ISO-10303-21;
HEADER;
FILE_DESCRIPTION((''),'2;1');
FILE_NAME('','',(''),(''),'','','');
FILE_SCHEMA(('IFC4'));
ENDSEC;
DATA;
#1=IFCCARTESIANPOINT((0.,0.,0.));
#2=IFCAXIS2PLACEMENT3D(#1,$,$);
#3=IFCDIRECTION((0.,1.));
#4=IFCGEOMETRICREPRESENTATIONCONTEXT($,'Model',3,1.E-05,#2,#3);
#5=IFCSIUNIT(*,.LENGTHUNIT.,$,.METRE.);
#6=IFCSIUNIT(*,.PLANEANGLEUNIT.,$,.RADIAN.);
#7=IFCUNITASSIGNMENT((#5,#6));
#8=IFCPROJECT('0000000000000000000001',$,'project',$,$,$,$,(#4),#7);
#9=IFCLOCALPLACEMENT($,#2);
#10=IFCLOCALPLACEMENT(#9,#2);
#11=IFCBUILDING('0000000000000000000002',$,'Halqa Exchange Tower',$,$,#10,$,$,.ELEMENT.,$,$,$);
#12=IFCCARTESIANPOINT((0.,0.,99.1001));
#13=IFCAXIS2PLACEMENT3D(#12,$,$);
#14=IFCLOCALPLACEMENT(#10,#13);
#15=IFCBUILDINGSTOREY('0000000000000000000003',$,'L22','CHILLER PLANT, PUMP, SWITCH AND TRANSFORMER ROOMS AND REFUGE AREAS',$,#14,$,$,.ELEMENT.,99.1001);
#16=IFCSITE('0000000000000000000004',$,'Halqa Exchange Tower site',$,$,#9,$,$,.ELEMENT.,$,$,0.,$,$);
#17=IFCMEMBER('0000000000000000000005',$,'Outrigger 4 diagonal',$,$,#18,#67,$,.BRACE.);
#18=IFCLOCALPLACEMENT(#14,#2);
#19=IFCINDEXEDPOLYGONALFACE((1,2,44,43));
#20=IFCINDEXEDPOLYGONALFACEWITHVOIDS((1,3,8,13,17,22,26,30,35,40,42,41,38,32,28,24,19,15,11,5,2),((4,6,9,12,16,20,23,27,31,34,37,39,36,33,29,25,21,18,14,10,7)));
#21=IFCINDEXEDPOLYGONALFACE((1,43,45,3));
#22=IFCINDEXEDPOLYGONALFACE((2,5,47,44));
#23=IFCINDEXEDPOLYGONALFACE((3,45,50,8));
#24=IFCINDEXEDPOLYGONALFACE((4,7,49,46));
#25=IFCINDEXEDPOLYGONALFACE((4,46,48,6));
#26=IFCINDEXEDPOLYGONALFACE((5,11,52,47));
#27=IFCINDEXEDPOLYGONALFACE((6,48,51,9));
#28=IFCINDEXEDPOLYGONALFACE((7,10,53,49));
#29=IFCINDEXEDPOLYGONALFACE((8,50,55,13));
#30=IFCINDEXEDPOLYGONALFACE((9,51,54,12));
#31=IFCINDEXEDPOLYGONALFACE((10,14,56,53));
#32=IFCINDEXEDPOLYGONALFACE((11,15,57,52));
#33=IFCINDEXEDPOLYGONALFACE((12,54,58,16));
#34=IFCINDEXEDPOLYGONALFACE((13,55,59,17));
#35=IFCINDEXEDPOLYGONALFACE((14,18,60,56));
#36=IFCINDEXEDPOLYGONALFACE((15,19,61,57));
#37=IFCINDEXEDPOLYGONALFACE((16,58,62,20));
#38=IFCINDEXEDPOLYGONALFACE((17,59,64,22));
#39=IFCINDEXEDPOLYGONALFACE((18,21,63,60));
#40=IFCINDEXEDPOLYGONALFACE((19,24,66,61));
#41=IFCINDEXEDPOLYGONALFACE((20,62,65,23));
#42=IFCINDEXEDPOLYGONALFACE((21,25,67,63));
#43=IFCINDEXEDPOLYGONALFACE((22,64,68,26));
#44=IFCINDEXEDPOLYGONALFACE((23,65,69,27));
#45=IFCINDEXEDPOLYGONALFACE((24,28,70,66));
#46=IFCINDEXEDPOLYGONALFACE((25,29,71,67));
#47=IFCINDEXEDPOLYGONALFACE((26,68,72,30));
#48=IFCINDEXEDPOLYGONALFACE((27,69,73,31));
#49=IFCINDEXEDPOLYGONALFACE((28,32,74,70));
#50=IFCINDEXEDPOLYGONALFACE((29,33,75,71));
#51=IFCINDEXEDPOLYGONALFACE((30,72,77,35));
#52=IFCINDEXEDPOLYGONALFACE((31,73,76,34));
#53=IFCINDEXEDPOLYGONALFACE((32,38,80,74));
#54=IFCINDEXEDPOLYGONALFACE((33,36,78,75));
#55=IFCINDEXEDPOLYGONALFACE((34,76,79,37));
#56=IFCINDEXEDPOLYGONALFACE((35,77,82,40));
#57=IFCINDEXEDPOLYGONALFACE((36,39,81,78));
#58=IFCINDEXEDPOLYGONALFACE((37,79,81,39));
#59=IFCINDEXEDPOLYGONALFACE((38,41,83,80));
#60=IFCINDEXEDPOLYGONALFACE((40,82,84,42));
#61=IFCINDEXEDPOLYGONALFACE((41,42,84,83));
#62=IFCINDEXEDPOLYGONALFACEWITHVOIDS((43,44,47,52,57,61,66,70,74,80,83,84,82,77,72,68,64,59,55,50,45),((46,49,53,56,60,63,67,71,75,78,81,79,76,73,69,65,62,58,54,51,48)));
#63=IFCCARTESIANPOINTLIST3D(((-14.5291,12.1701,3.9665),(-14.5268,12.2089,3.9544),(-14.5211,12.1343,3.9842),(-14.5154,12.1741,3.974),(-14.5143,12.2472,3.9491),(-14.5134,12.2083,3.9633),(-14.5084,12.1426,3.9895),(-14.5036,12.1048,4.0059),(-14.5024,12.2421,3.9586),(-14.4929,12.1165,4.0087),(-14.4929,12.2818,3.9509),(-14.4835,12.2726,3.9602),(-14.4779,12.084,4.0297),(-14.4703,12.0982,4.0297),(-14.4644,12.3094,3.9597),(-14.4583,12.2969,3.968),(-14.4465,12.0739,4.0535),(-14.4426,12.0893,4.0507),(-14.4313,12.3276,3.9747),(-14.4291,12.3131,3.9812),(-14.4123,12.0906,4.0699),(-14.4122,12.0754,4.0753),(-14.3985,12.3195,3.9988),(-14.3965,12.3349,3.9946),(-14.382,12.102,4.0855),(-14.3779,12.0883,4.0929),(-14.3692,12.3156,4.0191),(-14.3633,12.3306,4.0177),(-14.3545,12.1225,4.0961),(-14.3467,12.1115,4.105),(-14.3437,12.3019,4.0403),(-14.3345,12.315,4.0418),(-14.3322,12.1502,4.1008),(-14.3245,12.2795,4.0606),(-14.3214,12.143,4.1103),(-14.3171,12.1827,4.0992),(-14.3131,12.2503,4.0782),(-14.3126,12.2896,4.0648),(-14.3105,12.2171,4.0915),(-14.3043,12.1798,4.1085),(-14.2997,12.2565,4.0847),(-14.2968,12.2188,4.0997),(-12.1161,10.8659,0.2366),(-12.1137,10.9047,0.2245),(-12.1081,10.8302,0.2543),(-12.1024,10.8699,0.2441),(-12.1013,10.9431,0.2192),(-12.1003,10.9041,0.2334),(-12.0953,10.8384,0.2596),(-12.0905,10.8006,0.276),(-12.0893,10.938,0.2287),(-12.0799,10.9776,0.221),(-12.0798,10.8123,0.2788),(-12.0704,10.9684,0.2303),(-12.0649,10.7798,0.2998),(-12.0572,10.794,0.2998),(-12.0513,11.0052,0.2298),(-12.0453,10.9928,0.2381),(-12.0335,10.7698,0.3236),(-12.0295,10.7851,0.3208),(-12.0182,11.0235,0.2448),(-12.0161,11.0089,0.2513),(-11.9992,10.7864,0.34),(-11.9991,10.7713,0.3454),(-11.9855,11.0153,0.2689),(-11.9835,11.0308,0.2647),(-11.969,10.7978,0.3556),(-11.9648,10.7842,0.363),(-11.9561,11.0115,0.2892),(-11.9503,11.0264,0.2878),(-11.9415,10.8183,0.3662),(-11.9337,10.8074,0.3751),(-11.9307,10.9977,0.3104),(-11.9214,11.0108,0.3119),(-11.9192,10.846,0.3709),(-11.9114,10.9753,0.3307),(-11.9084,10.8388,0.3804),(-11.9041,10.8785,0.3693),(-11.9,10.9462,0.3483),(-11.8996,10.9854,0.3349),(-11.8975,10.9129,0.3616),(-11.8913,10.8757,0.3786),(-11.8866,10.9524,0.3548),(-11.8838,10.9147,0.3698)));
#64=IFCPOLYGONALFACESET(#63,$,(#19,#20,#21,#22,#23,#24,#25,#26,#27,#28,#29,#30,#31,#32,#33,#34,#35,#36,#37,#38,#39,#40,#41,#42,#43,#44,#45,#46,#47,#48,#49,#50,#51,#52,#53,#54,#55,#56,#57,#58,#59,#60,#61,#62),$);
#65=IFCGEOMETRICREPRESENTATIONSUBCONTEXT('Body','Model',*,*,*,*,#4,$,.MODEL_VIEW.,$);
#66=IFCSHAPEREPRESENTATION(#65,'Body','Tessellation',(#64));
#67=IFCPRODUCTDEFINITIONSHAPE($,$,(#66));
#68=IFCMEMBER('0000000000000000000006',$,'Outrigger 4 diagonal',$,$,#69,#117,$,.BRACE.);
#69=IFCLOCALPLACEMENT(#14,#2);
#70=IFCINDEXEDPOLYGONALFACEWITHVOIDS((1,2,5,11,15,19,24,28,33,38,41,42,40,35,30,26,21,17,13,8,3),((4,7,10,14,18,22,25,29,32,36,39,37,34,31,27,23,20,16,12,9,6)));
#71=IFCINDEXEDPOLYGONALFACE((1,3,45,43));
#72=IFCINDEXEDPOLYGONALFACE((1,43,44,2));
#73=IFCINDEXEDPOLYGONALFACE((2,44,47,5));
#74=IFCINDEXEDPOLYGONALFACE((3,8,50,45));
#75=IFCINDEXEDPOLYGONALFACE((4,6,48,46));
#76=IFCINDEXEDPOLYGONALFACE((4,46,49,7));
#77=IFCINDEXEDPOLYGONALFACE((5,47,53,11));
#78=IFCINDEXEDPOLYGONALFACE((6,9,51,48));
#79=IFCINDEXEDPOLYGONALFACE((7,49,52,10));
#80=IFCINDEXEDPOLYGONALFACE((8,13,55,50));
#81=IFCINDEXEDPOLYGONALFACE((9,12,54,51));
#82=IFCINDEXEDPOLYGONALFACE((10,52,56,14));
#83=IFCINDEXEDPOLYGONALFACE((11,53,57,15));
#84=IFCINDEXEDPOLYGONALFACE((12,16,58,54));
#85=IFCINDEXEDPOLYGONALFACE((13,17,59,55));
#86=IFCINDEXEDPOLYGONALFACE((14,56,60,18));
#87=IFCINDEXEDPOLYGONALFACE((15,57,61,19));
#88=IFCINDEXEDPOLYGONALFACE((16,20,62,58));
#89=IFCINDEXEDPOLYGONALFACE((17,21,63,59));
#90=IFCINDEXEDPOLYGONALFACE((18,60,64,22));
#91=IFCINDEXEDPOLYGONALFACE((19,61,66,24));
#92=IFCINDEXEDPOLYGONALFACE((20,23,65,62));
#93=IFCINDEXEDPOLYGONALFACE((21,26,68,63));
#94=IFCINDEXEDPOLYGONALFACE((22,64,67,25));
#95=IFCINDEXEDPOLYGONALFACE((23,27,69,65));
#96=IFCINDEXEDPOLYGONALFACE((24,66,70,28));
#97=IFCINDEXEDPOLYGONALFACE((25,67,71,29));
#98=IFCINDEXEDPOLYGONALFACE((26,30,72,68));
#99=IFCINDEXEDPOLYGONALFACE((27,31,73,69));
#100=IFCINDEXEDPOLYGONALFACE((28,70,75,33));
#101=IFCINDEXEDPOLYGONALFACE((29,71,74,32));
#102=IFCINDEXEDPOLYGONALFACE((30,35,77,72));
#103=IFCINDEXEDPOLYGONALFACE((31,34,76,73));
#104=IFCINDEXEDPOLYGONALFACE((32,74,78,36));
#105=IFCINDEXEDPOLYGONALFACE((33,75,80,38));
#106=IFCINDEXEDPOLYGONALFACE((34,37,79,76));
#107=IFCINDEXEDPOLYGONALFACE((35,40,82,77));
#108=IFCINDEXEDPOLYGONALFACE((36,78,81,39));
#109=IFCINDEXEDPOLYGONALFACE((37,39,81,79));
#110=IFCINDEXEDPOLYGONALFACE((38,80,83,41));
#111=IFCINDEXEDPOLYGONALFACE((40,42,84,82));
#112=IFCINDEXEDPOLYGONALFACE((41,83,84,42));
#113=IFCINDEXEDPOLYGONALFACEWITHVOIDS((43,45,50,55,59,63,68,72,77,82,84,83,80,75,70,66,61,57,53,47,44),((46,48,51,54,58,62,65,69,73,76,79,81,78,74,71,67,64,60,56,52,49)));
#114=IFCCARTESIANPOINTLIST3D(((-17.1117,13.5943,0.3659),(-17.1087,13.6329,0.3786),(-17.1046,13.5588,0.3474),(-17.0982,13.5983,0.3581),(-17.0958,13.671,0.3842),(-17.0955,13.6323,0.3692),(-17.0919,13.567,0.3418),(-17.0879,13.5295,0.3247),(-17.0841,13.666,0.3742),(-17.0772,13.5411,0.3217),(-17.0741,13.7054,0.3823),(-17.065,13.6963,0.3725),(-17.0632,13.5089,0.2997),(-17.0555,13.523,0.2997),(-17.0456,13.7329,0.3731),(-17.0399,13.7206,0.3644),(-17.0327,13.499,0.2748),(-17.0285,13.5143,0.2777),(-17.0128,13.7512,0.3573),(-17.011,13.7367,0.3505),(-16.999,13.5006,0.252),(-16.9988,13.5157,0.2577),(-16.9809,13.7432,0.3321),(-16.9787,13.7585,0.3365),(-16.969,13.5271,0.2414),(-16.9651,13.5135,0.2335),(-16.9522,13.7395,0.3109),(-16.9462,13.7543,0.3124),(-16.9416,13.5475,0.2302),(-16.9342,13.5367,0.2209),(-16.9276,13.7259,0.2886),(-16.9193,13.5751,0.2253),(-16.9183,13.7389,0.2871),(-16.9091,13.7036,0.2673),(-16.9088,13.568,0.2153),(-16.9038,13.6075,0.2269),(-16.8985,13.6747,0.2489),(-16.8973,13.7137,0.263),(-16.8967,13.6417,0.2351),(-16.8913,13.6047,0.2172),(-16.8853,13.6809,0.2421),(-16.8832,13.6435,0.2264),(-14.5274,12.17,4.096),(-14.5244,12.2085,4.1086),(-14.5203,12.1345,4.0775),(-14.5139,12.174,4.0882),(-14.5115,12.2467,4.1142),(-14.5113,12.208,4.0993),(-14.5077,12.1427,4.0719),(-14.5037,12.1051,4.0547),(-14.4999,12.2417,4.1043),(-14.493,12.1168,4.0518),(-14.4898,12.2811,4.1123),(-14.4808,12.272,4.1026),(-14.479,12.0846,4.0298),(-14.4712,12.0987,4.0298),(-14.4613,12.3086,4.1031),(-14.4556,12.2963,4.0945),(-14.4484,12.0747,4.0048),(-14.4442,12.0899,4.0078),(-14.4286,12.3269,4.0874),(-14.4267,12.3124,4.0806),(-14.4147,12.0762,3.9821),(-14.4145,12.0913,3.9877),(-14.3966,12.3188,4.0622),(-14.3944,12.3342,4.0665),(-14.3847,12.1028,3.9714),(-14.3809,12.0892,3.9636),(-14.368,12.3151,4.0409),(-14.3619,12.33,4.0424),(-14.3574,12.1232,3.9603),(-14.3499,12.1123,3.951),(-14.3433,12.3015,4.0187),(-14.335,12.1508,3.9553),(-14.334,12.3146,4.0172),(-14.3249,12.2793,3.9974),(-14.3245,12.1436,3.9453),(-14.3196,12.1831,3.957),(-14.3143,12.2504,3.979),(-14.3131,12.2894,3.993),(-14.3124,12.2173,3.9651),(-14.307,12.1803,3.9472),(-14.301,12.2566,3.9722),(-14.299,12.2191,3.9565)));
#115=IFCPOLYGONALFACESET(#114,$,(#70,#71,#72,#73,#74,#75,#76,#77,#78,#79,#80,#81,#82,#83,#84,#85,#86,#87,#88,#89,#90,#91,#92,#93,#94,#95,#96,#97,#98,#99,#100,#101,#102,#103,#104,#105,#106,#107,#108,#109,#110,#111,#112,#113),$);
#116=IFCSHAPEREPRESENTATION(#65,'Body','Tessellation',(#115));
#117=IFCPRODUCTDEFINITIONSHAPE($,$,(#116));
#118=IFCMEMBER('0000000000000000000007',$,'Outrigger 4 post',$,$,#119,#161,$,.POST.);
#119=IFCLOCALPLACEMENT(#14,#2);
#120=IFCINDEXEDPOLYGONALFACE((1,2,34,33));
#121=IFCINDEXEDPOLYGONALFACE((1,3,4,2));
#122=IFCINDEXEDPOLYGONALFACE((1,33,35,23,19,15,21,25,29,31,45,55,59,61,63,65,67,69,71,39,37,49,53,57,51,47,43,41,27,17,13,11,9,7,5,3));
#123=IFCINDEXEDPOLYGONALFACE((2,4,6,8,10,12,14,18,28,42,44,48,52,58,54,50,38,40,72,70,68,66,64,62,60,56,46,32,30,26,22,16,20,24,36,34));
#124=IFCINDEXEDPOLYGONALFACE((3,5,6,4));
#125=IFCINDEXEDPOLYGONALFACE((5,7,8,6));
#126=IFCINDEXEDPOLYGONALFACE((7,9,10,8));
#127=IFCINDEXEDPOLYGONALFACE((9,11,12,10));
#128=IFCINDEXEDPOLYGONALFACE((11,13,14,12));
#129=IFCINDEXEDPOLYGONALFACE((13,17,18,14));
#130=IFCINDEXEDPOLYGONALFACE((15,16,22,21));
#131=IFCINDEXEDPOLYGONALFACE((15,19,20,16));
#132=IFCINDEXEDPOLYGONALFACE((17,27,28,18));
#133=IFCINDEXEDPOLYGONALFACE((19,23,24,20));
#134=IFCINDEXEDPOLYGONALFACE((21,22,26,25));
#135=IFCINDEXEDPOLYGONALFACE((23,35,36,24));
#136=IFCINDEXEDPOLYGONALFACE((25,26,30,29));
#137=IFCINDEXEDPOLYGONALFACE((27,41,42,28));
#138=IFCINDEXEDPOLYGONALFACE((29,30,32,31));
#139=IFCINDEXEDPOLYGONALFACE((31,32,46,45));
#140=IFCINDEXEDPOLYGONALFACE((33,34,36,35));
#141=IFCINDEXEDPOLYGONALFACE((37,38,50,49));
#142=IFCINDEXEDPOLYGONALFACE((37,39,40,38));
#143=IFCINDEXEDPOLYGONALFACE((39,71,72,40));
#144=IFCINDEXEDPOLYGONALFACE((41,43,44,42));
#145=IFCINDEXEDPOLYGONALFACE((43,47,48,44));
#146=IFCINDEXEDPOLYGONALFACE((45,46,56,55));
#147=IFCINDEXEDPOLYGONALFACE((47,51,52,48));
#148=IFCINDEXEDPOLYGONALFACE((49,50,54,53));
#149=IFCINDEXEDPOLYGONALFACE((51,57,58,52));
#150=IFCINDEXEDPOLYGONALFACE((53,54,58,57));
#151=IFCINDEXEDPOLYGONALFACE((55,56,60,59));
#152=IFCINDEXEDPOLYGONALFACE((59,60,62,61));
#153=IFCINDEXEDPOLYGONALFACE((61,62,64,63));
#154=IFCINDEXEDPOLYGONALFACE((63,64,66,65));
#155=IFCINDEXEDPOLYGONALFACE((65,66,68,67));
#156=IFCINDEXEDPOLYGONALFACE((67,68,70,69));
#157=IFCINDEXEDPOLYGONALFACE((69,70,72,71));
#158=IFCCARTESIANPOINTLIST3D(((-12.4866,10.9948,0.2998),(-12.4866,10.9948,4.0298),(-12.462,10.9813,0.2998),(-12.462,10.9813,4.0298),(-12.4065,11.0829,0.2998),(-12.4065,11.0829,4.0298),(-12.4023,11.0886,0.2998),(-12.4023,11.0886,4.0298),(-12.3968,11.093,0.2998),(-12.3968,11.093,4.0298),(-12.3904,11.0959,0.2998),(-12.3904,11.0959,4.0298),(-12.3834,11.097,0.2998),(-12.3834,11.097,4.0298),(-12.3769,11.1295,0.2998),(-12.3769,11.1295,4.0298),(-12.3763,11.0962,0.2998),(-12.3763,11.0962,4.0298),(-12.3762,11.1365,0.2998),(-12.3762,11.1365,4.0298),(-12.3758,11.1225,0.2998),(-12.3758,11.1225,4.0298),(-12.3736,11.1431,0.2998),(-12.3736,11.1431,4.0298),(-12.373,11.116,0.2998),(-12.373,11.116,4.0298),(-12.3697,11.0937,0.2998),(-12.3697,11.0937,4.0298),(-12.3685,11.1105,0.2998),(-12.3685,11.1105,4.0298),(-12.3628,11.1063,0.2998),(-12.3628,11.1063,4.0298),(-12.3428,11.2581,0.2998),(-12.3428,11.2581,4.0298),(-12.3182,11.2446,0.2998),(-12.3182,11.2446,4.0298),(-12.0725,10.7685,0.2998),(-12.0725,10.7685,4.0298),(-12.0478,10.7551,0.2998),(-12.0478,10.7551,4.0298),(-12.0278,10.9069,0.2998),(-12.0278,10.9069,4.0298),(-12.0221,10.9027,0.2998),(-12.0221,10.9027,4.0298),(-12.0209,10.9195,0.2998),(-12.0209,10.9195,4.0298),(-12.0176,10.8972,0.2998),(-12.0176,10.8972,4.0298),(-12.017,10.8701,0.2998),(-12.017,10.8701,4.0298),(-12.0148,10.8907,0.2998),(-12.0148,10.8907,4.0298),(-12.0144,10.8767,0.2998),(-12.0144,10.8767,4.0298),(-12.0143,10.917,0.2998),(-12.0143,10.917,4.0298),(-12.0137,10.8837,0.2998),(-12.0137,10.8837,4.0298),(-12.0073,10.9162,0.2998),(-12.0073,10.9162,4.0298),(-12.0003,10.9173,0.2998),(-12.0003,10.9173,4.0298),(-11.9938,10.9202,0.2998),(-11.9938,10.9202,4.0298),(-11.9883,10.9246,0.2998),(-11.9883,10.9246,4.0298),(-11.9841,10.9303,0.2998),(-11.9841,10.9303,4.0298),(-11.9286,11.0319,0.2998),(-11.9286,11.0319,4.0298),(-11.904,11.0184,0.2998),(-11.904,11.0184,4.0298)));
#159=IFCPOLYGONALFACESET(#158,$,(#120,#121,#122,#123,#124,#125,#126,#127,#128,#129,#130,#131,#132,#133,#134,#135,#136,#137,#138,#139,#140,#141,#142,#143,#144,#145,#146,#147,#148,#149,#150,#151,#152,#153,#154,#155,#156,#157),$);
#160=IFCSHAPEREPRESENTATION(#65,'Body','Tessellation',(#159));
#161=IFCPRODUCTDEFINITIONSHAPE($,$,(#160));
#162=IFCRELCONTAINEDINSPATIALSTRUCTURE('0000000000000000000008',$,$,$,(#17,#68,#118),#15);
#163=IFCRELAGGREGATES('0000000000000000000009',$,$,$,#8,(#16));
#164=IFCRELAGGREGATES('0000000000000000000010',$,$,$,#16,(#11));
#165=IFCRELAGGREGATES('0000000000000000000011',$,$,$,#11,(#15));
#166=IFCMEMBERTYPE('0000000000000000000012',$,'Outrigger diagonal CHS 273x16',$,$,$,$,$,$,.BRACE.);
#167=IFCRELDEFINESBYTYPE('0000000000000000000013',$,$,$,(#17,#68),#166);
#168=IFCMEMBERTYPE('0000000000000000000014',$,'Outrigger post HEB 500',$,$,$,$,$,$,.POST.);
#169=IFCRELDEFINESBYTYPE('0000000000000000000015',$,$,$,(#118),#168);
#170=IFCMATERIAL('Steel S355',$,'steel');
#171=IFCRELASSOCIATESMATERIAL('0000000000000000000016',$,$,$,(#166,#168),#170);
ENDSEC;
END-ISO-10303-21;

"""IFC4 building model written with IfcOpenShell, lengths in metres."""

from ifc_helpers import new_model, si_unit, direction, frame, origin, origin_2d, place, context, subcontext, project, spatial, hollow_circle, i_section, extrude, material, material_profile, profile_set, type_object, element, save


model = new_model("IFC4")

# Units and contexts
model_context = context("Model", 3, precision=1e-05, world=origin(), true_north=direction((0.0, 1.0)))
body_context = subcontext(model_context, "Body", "Model", "MODEL_VIEW")
ifc_project = project(units=[si_unit("LENGTHUNIT", "METRE"), si_unit("PLANEANGLEUNIT", "RADIAN")], contexts=[model_context])

# Site, building, storey
site_placement = place(None, origin())
site = spatial("IfcSite", under=ifc_project, at=site_placement, Name="Halqa Exchange Tower site", CompositionType="ELEMENT", RefElevation=0.0)
building_placement = place(site_placement, origin())
building = spatial("IfcBuilding", under=site, at=building_placement, Name="Halqa Exchange Tower", CompositionType="ELEMENT")
storey_placement = place(building_placement, frame((0.0, 0.0, 99.1001)))
storey = spatial("IfcBuildingStorey", under=building, at=storey_placement, Name="L22", Description="CHILLER PLANT, PUMP, SWITCH AND TRANSFORMER ROOMS AND REFUGE AREAS", CompositionType="ELEMENT", Elevation=99.1001)

# Shared definitions
ifc_material_1 = material(Name="Steel S355", Category="steel")

# Members
ifc_material_profile_1 = material_profile(ifc_material_1, hollow_circle(Radius=0.1365, WallThickness=0.0161, at=origin_2d()), Name="CHS 273x16")
ifc_profile_set_1 = profile_set([ifc_material_profile_1], Name="Steel S355")
member_type_1 = type_object("IfcMemberType", Name="Outrigger diagonal CHS 273x16", PredefinedType="BRACE", material=ifc_profile_set_1)
member_1_placement = place(storey_placement, frame((-12.0, 10.8999, 0.2998), z_axis=(-0.521188, 0.281686, 0.805616), x_axis=(-0.475469, -0.879733, 0.0)))
element("IfcMember", 1, at=member_1_placement, inside=storey, type_object=member_type_1, Name="Outrigger 4 diagonal", PredefinedType="BRACE", context=body_context, shape_type="SweptSolid", body=[
    extrude(hollow_circle(Radius=0.1365, WallThickness=0.0161, at=origin_2d()), origin(), (0.0, 0.0, 1.0), 4.6299),
])
member_2_placement = place(storey_placement, frame((-14.4131, 12.2041, 4.0298), z_axis=(-0.54336, 0.299477, -0.784266), x_axis=(-0.482697, -0.875788, 0.0)))
element("IfcMember", 2, at=member_2_placement, inside=storey, type_object=member_type_1, Name="Outrigger 4 diagonal", PredefinedType="BRACE", context=body_context, shape_type="SweptSolid", body=[
    extrude(hollow_circle(Radius=0.1365, WallThickness=0.0161, at=origin_2d()), origin(), (0.0, 0.0, 1.0), 4.7561),
])
ifc_material_profile_2 = material_profile(ifc_material_1, i_section(OverallWidth=0.3, OverallDepth=0.5, WebThickness=0.0144, FlangeThickness=0.0281, FilletRadius=0.0271, at=origin_2d()), Name="HEB 500")
ifc_profile_set_2 = profile_set([ifc_material_profile_2], Name="Steel S355")
member_type_2 = type_object("IfcMemberType", Name="Outrigger post HEB 500", PredefinedType="POST", material=ifc_profile_set_2)
member_3_placement = place(storey_placement, frame((-12.1953, 11.0066, 0.2998), z_axis=(0.0, 0.0, 1.0), x_axis=(-0.479397, -0.877598, 0.0)))
element("IfcMember", 3, at=member_3_placement, inside=storey, type_object=member_type_2, Name="Outrigger 4 post", PredefinedType="POST", context=body_context, shape_type="SweptSolid", body=[
    extrude(i_section(OverallWidth=0.3, OverallDepth=0.5, WebThickness=0.0144, FlangeThickness=0.0281, FilletRadius=0.0271, at=origin_2d()), origin(), (0.0, 0.0, 1.0), 3.73),
])

save(model, "model.ifc")
